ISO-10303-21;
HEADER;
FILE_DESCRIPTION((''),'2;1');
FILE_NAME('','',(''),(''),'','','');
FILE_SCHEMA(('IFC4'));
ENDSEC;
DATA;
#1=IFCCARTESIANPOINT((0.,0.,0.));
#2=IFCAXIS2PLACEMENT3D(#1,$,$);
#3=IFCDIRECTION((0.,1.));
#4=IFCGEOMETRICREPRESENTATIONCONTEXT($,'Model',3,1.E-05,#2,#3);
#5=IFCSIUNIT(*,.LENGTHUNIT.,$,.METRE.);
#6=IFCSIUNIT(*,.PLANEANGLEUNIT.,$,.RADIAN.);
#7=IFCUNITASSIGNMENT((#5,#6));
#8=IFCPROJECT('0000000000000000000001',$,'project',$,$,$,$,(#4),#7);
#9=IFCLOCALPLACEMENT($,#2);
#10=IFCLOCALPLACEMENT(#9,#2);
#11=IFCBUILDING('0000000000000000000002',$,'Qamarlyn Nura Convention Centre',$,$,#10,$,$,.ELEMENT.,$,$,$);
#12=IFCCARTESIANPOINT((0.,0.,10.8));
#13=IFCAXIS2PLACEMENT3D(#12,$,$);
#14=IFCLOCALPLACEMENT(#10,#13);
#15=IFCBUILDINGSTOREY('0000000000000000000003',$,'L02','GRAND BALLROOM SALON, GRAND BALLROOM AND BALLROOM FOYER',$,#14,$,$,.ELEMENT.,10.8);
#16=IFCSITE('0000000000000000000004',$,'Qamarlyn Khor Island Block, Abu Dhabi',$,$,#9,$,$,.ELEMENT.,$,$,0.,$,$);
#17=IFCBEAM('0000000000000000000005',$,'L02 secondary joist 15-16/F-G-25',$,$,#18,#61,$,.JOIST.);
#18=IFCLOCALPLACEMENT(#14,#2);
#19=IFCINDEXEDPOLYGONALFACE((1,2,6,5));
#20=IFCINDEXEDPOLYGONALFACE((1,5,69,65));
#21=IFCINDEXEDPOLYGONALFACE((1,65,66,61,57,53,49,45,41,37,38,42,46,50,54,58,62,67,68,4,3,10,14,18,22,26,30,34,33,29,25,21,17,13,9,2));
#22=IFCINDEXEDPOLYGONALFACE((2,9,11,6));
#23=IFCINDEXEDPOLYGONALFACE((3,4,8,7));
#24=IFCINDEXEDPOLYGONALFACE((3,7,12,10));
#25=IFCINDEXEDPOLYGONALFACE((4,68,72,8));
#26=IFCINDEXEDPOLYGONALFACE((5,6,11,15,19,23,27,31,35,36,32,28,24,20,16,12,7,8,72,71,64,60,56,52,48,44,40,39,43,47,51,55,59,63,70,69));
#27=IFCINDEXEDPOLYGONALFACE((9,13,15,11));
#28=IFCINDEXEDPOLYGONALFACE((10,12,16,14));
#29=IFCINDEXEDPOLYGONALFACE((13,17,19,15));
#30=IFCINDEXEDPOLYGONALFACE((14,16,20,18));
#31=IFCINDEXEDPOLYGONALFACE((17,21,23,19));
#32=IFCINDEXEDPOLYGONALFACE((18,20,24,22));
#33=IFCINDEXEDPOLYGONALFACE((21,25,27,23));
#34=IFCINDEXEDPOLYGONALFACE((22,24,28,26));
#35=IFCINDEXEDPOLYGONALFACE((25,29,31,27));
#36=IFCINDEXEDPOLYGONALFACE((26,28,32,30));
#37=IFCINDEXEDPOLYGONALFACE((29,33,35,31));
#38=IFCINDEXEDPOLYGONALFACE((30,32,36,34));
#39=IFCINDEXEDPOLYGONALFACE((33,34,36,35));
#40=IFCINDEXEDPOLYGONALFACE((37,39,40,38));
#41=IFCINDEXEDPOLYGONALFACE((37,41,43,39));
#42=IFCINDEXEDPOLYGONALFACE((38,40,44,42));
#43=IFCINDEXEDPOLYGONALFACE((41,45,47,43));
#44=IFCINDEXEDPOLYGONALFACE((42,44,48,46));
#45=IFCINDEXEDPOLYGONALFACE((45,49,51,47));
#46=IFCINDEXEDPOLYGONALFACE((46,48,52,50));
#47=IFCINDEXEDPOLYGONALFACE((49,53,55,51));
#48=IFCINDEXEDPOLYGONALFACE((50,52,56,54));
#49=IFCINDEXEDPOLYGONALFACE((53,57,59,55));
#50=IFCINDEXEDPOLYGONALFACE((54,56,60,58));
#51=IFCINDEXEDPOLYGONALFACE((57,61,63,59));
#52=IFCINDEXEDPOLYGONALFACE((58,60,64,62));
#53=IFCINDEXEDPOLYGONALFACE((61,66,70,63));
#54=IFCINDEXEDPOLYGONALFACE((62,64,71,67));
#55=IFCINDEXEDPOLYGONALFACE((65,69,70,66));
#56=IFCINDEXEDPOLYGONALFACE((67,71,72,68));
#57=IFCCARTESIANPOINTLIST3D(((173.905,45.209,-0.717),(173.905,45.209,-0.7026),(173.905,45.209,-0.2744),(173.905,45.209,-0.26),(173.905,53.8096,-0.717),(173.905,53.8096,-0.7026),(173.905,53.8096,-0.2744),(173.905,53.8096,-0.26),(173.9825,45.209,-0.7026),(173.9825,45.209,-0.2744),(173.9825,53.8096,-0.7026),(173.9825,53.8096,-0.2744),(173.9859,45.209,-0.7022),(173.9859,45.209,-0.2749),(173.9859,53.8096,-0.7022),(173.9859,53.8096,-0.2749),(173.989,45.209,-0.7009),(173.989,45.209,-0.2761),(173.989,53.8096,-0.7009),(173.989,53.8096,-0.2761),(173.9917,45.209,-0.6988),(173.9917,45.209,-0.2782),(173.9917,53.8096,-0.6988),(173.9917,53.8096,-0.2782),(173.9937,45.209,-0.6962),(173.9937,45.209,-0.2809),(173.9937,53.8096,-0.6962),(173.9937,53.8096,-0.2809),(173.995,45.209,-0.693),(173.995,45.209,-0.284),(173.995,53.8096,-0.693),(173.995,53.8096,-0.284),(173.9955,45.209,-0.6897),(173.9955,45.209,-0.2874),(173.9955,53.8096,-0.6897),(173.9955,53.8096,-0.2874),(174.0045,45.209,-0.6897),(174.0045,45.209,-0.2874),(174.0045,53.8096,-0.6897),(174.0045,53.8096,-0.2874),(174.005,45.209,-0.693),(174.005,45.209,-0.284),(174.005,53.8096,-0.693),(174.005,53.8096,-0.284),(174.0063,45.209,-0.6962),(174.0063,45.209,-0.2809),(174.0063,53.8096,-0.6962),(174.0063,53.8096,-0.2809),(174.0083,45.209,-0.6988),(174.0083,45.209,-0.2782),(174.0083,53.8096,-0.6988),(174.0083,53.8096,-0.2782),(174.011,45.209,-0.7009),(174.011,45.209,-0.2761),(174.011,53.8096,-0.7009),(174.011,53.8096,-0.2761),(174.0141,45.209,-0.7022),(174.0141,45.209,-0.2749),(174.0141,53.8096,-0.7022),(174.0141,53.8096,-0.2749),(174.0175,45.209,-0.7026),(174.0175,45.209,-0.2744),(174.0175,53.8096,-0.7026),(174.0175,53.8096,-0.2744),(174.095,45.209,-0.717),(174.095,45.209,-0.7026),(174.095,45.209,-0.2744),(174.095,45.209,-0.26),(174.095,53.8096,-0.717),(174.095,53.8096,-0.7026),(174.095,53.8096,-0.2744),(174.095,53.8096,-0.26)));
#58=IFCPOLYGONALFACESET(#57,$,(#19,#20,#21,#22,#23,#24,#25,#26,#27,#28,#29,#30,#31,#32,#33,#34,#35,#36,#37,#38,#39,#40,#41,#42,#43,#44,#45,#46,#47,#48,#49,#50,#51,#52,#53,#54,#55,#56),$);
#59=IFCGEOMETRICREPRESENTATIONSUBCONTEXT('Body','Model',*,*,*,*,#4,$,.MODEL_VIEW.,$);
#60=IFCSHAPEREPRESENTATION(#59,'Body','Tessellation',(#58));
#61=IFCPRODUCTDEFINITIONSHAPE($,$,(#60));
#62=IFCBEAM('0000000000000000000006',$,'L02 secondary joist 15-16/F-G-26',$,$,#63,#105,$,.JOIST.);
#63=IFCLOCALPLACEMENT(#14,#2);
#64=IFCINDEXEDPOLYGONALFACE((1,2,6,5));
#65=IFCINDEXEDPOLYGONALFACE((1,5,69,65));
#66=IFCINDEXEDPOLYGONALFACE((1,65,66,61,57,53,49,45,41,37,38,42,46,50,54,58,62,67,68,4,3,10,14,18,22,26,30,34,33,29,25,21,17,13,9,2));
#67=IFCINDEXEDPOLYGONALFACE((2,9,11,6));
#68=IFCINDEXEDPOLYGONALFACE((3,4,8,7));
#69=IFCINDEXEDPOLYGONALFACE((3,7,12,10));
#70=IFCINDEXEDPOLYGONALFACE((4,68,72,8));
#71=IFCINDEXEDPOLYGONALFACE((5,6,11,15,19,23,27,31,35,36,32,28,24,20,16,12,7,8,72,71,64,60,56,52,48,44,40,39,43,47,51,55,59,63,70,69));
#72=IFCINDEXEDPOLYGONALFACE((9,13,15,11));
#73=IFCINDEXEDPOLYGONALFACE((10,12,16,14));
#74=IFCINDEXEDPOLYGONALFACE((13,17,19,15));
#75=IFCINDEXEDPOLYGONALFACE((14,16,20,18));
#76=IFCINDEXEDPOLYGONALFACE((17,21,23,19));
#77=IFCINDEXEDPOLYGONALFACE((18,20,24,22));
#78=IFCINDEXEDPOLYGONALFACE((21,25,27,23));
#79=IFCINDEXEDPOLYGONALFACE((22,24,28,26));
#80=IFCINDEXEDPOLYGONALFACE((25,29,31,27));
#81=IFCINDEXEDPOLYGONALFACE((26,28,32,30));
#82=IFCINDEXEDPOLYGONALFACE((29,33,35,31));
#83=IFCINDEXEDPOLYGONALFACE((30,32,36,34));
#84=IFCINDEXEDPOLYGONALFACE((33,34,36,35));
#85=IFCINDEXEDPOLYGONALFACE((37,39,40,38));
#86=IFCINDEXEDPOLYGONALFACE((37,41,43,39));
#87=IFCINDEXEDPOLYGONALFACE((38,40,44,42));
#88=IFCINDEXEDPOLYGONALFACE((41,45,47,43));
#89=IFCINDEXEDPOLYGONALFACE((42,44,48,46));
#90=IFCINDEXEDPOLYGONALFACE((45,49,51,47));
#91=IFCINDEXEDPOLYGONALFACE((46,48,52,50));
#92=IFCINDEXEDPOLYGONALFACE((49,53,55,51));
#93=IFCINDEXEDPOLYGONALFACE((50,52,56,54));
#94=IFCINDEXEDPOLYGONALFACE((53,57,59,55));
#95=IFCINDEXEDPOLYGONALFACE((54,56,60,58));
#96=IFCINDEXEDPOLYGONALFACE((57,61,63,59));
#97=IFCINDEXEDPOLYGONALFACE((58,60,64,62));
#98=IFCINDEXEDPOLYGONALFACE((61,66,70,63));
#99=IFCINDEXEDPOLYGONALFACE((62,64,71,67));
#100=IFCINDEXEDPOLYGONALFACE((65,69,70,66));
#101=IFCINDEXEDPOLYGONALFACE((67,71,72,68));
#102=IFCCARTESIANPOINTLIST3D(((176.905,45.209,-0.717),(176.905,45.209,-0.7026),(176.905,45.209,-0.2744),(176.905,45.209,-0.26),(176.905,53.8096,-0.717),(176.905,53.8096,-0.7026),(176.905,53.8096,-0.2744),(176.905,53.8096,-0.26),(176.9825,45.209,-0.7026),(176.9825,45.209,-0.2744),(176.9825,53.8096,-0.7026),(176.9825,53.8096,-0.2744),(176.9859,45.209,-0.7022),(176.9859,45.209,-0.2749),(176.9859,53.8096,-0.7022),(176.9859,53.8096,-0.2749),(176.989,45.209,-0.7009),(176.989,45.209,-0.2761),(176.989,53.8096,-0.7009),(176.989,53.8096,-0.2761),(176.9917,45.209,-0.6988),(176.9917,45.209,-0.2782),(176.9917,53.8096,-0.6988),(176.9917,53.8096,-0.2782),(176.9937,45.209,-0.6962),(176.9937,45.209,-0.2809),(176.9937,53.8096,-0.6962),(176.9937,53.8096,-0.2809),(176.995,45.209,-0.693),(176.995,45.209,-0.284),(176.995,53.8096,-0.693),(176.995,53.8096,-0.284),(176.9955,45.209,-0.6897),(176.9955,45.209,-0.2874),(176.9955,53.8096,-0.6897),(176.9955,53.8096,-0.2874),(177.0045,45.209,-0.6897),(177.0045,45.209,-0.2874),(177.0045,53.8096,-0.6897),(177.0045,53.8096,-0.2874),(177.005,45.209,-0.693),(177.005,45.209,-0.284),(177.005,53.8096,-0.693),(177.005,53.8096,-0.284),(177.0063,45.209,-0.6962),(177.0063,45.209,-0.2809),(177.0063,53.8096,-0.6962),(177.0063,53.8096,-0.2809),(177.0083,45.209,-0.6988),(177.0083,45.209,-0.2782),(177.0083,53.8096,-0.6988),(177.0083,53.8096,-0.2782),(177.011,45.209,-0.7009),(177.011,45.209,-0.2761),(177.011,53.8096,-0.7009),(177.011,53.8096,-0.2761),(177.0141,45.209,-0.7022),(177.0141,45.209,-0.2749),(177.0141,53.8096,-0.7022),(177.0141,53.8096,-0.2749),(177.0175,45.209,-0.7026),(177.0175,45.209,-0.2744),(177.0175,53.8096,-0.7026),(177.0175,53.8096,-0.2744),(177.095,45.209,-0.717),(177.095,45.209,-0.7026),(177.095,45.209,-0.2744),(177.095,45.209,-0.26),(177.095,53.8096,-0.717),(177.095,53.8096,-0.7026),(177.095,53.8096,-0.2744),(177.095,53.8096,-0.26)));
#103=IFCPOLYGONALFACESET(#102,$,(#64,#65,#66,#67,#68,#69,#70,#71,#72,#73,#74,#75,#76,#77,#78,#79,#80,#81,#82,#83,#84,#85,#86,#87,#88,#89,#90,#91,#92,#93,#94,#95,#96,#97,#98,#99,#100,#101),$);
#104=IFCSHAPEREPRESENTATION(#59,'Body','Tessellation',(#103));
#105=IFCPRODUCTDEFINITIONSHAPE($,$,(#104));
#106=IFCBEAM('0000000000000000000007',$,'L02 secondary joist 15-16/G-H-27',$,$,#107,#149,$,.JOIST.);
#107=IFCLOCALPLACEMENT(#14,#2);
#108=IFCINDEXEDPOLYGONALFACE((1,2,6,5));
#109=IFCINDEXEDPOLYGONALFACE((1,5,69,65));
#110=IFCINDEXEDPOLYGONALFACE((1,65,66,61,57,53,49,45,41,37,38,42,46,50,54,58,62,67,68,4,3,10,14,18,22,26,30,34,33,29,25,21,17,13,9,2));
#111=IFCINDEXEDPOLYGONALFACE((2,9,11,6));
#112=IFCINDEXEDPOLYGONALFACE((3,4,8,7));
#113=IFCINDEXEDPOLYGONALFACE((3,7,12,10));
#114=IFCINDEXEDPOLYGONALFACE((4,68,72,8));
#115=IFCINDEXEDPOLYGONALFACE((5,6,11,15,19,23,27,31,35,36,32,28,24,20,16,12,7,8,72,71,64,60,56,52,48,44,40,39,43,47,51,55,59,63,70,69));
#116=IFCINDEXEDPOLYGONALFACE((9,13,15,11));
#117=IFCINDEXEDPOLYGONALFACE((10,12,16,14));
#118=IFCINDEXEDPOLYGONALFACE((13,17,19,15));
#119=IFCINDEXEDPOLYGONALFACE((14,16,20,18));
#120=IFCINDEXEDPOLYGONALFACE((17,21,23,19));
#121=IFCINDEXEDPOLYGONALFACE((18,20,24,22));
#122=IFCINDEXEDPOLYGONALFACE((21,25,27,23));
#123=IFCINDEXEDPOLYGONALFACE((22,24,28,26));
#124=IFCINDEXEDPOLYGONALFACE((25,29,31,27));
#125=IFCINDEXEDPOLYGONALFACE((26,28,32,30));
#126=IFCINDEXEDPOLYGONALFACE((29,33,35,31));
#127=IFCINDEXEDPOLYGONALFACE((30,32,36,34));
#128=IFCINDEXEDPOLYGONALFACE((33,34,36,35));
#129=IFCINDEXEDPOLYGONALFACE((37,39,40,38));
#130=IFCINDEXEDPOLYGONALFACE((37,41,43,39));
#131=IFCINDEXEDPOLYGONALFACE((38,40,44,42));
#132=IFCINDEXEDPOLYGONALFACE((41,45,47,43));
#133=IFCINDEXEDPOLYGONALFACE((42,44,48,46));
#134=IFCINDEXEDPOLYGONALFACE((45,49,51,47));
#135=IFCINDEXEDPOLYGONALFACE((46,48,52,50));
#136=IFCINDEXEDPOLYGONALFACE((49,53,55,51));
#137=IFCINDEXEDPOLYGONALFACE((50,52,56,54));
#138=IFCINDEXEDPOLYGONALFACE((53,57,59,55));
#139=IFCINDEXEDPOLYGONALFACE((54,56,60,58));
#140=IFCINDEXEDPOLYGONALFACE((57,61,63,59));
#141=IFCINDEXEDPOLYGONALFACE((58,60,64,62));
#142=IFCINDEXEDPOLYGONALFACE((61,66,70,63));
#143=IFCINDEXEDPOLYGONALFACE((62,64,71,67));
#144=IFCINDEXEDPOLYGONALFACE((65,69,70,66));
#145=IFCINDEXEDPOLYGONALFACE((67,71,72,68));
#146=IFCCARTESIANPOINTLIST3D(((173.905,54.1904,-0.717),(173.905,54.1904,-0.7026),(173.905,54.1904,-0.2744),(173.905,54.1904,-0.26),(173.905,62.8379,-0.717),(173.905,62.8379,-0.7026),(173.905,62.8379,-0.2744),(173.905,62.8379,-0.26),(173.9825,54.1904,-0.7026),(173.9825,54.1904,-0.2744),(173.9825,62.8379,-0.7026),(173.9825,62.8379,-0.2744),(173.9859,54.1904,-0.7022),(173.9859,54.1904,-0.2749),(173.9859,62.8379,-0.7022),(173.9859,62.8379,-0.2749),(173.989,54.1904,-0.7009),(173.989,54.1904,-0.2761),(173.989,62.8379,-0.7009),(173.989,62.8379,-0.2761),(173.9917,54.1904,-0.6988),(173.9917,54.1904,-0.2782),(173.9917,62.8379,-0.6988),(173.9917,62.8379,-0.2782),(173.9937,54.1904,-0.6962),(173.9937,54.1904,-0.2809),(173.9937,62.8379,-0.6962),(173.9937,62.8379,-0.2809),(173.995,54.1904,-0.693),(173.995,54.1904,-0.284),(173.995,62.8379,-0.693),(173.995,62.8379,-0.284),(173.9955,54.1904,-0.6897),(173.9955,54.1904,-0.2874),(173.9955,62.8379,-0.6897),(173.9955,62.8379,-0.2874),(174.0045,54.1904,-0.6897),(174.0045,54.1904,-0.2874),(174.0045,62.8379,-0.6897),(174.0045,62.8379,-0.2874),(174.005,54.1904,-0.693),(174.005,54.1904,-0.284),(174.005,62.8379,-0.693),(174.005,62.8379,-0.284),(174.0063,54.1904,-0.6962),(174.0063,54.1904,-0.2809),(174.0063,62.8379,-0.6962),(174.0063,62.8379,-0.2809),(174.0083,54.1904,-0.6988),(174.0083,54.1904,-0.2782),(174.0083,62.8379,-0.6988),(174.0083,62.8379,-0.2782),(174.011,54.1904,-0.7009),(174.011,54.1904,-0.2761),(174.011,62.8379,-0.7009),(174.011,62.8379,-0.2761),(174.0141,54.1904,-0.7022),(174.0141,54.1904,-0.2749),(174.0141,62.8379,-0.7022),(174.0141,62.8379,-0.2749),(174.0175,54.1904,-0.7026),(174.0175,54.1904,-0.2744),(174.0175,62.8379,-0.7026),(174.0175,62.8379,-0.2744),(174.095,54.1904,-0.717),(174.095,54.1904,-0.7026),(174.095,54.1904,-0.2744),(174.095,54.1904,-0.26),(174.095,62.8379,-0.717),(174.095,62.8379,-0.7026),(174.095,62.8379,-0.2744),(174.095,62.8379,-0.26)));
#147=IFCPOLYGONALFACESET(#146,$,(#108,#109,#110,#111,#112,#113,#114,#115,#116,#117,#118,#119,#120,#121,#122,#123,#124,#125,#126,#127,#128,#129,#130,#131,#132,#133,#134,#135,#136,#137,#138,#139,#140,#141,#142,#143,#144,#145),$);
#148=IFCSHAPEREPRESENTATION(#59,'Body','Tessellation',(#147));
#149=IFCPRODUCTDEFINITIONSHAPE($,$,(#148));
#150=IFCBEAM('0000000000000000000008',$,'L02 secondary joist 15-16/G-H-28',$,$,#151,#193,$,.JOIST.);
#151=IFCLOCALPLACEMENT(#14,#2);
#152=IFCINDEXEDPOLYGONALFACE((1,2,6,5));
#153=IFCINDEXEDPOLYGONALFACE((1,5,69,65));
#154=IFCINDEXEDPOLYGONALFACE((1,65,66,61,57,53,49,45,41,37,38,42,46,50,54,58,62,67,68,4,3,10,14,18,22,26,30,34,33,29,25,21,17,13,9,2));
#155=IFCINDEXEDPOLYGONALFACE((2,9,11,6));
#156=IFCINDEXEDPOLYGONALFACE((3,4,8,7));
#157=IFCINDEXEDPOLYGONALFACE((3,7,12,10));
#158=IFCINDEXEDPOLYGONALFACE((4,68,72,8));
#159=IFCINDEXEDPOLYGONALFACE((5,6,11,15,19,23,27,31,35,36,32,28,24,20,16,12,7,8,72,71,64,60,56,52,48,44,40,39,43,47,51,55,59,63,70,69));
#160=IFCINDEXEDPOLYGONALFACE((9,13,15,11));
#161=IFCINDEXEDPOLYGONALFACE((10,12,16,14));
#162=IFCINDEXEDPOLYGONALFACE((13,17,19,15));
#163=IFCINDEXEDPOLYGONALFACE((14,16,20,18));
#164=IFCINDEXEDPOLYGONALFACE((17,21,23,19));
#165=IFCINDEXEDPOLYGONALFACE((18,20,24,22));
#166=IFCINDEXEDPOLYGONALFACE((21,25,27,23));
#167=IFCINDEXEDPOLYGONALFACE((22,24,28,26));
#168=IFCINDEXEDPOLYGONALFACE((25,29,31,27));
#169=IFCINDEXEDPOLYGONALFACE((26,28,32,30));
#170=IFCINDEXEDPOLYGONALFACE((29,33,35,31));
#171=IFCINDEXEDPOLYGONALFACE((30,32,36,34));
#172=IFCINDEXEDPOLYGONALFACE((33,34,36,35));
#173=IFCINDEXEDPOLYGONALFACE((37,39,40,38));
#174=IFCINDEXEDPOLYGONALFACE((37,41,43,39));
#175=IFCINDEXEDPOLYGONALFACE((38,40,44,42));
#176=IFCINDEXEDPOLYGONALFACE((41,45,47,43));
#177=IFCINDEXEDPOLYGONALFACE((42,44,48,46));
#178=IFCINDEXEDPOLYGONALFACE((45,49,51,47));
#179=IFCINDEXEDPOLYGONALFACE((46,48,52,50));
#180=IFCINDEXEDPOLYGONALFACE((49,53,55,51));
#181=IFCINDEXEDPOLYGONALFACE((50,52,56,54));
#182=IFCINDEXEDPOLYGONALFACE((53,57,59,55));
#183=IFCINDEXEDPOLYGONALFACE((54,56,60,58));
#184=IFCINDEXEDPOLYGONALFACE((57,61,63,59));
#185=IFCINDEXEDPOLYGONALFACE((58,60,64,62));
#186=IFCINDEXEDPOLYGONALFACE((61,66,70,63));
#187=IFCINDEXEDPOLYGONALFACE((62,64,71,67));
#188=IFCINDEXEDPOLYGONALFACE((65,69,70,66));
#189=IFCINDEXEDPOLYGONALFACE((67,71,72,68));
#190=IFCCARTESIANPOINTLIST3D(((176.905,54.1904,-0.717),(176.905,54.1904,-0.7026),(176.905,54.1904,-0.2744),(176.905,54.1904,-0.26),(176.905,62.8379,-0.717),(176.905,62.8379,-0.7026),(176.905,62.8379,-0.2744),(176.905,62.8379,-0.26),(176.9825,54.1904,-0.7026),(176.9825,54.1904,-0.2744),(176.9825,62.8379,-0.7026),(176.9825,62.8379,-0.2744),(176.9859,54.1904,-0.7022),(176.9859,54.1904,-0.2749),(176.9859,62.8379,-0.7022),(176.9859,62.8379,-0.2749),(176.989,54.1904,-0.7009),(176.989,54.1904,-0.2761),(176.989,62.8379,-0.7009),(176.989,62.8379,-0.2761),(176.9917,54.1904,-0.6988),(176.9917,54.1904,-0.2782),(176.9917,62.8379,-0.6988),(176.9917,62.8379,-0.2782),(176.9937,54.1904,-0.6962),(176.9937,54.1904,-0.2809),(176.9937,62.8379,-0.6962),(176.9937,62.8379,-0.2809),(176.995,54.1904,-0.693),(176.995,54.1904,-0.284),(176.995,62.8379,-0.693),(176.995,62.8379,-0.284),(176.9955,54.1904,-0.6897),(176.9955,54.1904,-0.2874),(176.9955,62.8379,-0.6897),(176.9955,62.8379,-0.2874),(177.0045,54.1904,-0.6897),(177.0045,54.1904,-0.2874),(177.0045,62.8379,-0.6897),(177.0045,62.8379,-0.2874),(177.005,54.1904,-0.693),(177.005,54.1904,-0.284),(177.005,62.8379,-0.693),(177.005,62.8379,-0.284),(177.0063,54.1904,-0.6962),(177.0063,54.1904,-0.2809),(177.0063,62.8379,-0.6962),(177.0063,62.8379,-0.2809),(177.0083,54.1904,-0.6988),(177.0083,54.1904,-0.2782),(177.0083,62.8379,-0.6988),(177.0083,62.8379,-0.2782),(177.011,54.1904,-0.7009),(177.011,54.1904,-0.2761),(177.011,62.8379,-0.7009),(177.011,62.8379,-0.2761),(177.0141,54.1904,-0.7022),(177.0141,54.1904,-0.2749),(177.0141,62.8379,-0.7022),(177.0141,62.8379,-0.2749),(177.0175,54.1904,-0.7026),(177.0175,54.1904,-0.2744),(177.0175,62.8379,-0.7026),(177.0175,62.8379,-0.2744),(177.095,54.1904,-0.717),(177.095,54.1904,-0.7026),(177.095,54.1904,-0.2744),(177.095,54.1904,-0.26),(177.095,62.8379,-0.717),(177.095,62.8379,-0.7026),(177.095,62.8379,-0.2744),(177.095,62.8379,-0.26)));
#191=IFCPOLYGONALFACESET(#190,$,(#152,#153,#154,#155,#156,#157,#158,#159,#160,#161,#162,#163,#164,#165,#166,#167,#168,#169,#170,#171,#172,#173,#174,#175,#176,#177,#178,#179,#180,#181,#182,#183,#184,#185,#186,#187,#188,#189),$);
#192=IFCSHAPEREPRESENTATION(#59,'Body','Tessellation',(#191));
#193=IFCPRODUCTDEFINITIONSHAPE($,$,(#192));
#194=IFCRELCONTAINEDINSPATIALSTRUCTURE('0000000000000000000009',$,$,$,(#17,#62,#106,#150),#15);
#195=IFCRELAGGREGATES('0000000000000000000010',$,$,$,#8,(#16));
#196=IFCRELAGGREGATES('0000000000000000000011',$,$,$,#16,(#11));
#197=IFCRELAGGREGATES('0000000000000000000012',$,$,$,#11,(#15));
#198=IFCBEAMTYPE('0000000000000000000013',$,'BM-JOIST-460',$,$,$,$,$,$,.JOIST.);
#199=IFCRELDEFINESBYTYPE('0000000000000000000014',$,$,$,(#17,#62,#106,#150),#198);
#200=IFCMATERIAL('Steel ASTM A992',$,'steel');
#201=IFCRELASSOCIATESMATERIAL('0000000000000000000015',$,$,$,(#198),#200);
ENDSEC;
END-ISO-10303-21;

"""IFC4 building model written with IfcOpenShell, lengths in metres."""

from ifc_helpers import new_model, si_unit, direction, frame, origin, origin_2d, place, context, subcontext, project, spatial, i_section, extrude, material, material_profile, profile_set, type_object, element, save


model = new_model("IFC4")

# Units and contexts
model_context = context("Model", 3, precision=1e-05, world=origin(), true_north=direction((0.0, 1.0)))
body_context = subcontext(model_context, "Body", "Model", "MODEL_VIEW")
ifc_project = project(units=[si_unit("LENGTHUNIT", "METRE"), si_unit("PLANEANGLEUNIT", "RADIAN")], contexts=[model_context])

# Site, building, storey
site_placement = place(None, origin())
site = spatial("IfcSite", under=ifc_project, at=site_placement, Name="Qamarlyn Khor Island Block, Abu Dhabi", CompositionType="ELEMENT", RefElevation=0.0)
building_placement = place(site_placement, origin())
building = spatial("IfcBuilding", under=site, at=building_placement, Name="Qamarlyn Nura Convention Centre", CompositionType="ELEMENT")
storey_placement = place(building_placement, frame((0.0, 0.0, 10.8)))
storey = spatial("IfcBuildingStorey", under=building, at=storey_placement, Name="L02", Description="GRAND BALLROOM SALON, GRAND BALLROOM AND BALLROOM FOYER", CompositionType="ELEMENT", Elevation=10.8)

# Shared definitions
ifc_material_1 = material(Name="Steel ASTM A992", Category="steel")

# Beams
ifc_material_profile_1 = material_profile(ifc_material_1, i_section(OverallWidth=0.1899, OverallDepth=0.457, WebThickness=0.009, FlangeThickness=0.0144, FilletRadius=0.0129, at=origin_2d()), Name="W460X74")
ifc_profile_set_1 = profile_set([ifc_material_profile_1], Name="Steel ASTM A992")
beam_type_1 = type_object("IfcBeamType", Name="BM-JOIST-460", PredefinedType="JOIST", material=ifc_profile_set_1)
for number, where, z_axis, x_axis, name in (
    (1, (174.0, 45.209, -0.4885), (0.0, 1.0, 0.0), (-1.0, 0.0, 0.0), "L02 secondary joist 15-16/F-G-25"),
    (2, (177.0, 45.209, -0.4885), (0.0, 1.0, 0.0), (-1.0, 0.0, 0.0), "L02 secondary joist 15-16/F-G-26"),
):
    element("IfcBeam", number, at=place(storey_placement, frame(where, z_axis=z_axis, x_axis=x_axis)), inside=storey, type_object=beam_type_1, Name=name, PredefinedType="JOIST", context=body_context, shape_type="SweptSolid", body=[
        extrude(i_section(OverallWidth=0.1899, OverallDepth=0.457, WebThickness=0.009, FlangeThickness=0.0144, FilletRadius=0.0129, at=origin_2d()), origin(), (0.0, 0.0, 1.0), 8.6006),
    ])
for number, where, z_axis, x_axis, name in (
    (3, (174.0, 54.1904, -0.4885), (0.0, 1.0, 0.0), (-1.0, 0.0, 0.0), "L02 secondary joist 15-16/G-H-27"),
    (4, (177.0, 54.1904, -0.4885), (0.0, 1.0, 0.0), (-1.0, 0.0, 0.0), "L02 secondary joist 15-16/G-H-28"),
):
    element("IfcBeam", number, at=place(storey_placement, frame(where, z_axis=z_axis, x_axis=x_axis)), inside=storey, type_object=beam_type_1, Name=name, PredefinedType="JOIST", context=body_context, shape_type="SweptSolid", body=[
        extrude(i_section(OverallWidth=0.1899, OverallDepth=0.457, WebThickness=0.009, FlangeThickness=0.0144, FilletRadius=0.0129, at=origin_2d()), origin(), (0.0, 0.0, 1.0), 8.6475),
    ])

save(model, "model.ifc")
